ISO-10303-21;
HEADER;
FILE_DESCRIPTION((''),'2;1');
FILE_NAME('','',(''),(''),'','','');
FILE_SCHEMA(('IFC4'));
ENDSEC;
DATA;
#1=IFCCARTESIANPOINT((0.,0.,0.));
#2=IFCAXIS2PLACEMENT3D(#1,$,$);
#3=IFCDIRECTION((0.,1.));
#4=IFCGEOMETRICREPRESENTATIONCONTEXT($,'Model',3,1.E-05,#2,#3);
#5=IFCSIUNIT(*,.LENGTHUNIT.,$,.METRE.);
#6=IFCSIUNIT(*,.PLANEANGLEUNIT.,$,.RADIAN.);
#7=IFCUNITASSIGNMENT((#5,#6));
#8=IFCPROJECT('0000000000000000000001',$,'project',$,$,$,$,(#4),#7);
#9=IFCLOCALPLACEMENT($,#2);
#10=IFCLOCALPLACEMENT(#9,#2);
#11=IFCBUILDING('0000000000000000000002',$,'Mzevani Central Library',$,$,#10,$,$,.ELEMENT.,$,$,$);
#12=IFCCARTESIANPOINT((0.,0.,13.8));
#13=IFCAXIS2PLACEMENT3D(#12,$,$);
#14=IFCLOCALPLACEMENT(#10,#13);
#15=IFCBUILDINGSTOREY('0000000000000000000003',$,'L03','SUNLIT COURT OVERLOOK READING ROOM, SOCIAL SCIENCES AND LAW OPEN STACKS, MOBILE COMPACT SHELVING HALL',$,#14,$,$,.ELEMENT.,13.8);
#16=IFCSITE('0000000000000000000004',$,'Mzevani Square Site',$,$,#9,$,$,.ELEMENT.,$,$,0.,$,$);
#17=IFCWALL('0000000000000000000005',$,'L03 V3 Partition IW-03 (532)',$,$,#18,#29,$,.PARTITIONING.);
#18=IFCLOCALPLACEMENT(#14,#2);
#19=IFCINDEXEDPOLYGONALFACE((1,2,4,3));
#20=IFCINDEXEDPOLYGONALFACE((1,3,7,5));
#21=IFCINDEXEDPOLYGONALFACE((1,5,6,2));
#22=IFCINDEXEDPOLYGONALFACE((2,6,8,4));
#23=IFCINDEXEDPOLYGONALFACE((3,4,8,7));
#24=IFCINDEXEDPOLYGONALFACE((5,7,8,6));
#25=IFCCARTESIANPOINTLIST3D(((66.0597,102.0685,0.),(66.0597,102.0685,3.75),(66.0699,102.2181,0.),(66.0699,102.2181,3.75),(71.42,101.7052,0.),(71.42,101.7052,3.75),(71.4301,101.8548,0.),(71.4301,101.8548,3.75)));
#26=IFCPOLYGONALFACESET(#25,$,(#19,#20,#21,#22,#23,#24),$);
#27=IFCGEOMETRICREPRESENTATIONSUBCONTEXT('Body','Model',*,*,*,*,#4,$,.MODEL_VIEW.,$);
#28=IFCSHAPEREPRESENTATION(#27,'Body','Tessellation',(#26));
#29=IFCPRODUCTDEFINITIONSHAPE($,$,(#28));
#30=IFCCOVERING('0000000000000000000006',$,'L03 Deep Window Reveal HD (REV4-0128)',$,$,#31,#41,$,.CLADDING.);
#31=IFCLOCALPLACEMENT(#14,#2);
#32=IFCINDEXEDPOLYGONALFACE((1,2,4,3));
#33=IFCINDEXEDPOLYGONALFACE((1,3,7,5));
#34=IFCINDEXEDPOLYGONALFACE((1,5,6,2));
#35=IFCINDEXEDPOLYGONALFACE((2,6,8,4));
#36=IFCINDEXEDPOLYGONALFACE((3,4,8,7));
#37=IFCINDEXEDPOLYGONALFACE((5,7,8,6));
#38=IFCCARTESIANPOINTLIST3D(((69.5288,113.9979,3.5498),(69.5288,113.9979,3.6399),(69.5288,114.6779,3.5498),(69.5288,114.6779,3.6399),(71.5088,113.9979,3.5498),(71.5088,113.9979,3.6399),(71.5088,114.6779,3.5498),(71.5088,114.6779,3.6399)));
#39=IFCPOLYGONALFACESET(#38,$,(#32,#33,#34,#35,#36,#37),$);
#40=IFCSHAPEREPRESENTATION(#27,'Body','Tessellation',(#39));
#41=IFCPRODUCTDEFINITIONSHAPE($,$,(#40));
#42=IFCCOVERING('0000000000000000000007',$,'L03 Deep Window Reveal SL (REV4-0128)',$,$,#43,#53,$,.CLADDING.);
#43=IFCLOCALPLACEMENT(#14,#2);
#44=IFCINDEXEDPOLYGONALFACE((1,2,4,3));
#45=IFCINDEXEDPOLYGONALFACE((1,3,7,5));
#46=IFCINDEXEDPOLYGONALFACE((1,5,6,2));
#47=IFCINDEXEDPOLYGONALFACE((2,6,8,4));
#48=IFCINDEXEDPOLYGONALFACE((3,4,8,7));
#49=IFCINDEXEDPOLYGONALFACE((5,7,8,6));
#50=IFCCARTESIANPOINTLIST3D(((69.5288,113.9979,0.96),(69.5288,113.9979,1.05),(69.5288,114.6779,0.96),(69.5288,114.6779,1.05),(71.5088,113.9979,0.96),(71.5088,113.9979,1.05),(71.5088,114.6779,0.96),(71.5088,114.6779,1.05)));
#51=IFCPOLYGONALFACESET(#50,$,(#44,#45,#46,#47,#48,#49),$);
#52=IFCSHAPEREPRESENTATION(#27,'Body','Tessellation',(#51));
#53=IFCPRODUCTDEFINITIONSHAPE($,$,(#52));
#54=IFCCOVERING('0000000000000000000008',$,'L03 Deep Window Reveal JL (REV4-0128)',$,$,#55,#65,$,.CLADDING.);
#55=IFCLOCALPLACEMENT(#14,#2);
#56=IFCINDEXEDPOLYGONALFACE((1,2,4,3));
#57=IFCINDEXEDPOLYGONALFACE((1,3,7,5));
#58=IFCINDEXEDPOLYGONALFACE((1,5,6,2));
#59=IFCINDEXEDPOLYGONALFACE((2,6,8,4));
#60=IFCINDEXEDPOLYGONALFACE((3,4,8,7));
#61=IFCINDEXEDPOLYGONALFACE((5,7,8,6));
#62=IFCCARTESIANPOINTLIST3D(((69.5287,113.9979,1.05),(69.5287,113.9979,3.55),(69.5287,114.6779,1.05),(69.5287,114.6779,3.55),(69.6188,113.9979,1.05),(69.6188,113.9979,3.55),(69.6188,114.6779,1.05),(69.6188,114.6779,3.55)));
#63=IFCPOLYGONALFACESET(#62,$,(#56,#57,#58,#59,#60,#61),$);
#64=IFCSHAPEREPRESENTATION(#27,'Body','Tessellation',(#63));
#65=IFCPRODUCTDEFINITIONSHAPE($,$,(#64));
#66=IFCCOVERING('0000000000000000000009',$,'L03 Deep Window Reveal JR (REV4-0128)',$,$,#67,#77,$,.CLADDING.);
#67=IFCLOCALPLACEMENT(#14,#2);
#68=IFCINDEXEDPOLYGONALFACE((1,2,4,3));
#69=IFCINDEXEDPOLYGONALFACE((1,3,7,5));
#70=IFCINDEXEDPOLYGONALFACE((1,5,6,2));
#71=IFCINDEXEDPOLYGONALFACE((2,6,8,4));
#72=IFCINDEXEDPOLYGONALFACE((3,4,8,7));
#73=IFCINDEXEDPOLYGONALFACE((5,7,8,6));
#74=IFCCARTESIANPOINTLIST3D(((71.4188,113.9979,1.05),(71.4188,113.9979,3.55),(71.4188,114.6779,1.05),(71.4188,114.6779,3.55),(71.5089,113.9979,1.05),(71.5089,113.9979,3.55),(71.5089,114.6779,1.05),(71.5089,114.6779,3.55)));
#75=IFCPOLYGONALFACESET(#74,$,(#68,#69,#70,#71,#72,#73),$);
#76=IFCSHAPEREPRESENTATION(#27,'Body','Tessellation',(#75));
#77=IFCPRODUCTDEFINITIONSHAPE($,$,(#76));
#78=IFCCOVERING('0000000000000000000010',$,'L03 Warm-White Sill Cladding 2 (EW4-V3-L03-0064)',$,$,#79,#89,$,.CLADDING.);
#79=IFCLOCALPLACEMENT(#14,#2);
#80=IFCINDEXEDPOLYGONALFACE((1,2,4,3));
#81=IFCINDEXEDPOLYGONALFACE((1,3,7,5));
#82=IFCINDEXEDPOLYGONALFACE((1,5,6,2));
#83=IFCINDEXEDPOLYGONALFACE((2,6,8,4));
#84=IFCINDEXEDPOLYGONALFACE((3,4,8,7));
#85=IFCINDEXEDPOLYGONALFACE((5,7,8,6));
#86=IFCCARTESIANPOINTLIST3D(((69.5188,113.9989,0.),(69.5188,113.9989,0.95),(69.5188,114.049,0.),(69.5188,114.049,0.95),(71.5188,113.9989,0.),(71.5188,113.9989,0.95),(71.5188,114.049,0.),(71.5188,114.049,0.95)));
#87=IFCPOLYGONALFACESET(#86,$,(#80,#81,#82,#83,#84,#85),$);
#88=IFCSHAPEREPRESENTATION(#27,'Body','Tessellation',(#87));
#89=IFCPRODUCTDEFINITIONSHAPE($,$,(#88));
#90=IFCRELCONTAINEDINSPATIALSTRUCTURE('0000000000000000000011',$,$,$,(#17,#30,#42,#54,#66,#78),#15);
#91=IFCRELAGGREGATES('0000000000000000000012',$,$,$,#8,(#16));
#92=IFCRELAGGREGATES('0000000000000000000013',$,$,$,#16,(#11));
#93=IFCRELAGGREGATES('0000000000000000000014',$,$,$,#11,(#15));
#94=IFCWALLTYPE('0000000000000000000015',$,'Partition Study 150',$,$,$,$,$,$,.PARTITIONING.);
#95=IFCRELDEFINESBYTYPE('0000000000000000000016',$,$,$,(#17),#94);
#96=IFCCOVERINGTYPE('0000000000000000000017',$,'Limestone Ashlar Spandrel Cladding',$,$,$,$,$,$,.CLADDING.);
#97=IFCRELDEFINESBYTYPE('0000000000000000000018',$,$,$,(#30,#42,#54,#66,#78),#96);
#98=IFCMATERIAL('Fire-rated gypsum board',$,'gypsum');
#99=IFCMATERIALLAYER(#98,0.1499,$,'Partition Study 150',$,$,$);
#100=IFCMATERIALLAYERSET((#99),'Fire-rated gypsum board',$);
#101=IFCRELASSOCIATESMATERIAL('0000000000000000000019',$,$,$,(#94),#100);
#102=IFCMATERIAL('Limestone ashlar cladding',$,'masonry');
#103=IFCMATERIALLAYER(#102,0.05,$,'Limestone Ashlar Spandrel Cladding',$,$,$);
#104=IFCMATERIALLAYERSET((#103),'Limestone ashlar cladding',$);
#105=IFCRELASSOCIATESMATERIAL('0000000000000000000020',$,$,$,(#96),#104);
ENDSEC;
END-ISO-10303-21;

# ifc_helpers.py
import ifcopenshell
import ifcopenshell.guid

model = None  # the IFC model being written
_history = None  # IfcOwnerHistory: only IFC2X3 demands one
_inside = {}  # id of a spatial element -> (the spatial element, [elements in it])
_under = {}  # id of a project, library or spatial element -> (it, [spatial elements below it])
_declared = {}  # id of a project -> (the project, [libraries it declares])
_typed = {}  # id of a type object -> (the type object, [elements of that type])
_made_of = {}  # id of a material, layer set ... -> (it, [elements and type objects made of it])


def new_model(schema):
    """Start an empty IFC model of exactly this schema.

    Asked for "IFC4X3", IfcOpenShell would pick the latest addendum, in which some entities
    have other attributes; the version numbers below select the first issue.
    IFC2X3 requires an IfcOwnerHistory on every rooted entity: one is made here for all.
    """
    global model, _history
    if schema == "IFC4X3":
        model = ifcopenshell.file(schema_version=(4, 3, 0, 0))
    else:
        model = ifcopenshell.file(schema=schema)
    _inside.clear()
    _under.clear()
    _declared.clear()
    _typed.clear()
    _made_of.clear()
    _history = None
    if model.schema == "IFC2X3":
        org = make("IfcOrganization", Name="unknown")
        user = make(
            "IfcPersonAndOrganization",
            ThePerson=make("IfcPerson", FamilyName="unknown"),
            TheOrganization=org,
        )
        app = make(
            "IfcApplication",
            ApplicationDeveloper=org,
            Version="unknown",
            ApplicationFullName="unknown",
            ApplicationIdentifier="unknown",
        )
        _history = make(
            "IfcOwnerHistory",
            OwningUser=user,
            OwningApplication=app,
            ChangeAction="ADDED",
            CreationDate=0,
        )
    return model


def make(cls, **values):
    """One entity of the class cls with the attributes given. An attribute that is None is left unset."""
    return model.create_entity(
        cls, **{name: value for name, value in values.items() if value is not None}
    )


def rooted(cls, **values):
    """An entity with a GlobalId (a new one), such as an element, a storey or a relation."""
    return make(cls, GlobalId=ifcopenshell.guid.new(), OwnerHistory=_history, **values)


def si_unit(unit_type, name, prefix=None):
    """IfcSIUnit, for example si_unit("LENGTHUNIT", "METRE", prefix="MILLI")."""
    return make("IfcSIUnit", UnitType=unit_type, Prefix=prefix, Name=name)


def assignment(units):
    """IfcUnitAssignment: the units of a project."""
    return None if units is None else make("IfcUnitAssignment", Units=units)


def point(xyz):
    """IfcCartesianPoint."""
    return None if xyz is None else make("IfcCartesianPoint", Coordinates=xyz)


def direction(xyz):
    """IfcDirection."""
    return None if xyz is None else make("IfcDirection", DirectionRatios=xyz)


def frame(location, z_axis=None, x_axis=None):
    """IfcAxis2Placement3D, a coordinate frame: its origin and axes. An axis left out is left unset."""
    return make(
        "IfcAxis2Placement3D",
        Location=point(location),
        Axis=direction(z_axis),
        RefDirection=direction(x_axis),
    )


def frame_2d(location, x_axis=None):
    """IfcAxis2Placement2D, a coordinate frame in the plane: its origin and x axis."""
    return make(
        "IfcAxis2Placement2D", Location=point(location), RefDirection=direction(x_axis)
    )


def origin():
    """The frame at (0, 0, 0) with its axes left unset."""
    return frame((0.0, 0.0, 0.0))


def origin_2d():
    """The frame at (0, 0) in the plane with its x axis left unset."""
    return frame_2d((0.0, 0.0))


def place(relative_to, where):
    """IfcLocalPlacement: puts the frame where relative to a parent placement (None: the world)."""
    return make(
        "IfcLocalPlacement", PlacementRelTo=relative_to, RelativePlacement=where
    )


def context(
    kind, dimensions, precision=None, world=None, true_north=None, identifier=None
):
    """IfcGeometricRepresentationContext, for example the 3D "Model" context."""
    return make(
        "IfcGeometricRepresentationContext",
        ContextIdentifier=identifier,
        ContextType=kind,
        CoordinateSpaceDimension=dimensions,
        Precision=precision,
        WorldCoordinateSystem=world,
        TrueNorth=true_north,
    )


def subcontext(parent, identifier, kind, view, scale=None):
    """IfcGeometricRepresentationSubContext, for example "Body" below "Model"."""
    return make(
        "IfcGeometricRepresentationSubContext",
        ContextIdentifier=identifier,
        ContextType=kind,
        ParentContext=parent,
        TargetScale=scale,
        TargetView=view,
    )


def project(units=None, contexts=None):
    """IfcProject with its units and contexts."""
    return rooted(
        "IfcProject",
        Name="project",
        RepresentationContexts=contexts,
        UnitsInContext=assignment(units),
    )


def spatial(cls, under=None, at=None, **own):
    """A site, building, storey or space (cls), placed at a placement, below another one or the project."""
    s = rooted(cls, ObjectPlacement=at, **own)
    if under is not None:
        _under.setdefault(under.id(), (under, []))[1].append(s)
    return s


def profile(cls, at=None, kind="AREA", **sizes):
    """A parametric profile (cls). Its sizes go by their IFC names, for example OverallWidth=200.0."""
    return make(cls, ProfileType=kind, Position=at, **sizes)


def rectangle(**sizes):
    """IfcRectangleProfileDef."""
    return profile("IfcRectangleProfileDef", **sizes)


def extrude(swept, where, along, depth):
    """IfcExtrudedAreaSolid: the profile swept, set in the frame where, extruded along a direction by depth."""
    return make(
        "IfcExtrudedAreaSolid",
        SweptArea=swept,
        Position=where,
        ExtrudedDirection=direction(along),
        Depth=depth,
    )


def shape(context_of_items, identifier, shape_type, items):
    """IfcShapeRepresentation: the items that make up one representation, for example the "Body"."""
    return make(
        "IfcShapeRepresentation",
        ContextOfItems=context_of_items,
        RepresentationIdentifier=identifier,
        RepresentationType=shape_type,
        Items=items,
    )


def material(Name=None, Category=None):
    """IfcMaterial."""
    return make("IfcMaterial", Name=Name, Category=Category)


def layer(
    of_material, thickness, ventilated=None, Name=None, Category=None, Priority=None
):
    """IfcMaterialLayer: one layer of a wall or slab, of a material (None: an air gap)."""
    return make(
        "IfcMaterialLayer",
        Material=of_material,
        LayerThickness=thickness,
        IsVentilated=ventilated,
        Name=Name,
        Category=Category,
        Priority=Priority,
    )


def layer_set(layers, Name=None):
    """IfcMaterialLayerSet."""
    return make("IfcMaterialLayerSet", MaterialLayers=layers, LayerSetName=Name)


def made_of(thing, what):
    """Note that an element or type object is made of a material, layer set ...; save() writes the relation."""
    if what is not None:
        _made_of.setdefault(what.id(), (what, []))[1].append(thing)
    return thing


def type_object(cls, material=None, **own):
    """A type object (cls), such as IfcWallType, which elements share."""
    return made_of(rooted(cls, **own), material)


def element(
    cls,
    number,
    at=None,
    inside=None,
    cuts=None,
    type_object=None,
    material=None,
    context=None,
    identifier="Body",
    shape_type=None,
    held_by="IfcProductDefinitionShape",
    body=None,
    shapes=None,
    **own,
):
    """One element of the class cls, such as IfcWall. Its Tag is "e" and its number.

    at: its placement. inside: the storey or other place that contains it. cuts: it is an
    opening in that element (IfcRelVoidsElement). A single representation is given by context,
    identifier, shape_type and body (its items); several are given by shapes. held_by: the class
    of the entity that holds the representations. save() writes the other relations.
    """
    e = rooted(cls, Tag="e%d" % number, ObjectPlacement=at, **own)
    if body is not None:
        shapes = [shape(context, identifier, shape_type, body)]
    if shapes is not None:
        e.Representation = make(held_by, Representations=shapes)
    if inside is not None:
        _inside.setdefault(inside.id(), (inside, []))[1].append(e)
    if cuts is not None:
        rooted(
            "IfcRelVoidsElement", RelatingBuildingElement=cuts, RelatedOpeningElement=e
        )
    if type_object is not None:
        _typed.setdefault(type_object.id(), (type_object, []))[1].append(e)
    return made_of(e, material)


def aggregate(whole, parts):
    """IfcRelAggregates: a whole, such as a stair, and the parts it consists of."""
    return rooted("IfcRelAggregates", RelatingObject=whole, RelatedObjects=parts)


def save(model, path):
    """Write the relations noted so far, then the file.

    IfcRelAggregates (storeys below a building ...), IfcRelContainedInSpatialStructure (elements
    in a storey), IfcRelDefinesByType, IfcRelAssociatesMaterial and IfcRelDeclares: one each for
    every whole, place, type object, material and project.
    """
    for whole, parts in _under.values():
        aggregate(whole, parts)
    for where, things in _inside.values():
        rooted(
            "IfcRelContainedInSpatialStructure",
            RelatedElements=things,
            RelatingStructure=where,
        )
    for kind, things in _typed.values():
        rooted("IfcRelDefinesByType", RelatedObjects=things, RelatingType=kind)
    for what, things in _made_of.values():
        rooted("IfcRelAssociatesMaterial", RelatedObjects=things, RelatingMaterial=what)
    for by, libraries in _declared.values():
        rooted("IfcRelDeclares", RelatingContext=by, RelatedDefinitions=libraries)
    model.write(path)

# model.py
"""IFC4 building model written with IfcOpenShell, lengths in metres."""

from ifc_helpers import new_model, si_unit, direction, frame, frame_2d, origin, origin_2d, place, context, subcontext, project, spatial, rectangle, extrude, material, layer, layer_set, type_object, element, save


model = new_model("IFC4")

# Units and contexts
model_context = context("Model", 3, precision=1e-05, world=origin(), true_north=direction((0.0, 1.0)))
body_context = subcontext(model_context, "Body", "Model", "MODEL_VIEW")
ifc_project = project(units=[si_unit("LENGTHUNIT", "METRE"), si_unit("PLANEANGLEUNIT", "RADIAN")], contexts=[model_context])

# Site, building, storey
site_placement = place(None, origin())
site = spatial("IfcSite", under=ifc_project, at=site_placement, Name="Mzevani Square Site", CompositionType="ELEMENT", RefElevation=0.0)
building_placement = place(site_placement, origin())
building = spatial("IfcBuilding", under=site, at=building_placement, Name="Mzevani Central Library", CompositionType="ELEMENT")
storey_placement = place(building_placement, frame((0.0, 0.0, 13.8)))
storey = spatial("IfcBuildingStorey", under=building, at=storey_placement, Name="L03", Description="SUNLIT COURT OVERLOOK READING ROOM, SOCIAL SCIENCES AND LAW OPEN STACKS, MOBILE COMPACT SHELVING HALL", CompositionType="ELEMENT", Elevation=13.8)

# Shared definitions
ifc_material_1 = material(Name="Fire-rated gypsum board", Category="gypsum")

# Shared definitions
ifc_layer_1 = layer(ifc_material_1, 0.1499, Name="Partition Study 150")
ifc_layer_set_1 = layer_set([ifc_layer_1], Name="Fire-rated gypsum board")
wall_type_1 = type_object("IfcWallType", Name="Partition Study 150", PredefinedType="PARTITIONING", material=ifc_layer_set_1)

# Wall
wall_1_placement = place(storey_placement, frame((71.425, 101.78, 0.0), z_axis=(0.0, 0.0, 1.0), x_axis=(-0.997711, 0.067617, 0.0)))
element("IfcWall", 1, at=wall_1_placement, inside=storey, type_object=wall_type_1, Name="L03 V3 Partition IW-03 (532)", PredefinedType="PARTITIONING", context=body_context, shape_type="SweptSolid", body=[
    extrude(rectangle(XDim=5.3726, YDim=0.1499, at=frame_2d((2.6863, 0.0))), origin(), (0.0, 0.0, 1.0), 3.75),
])

# Coverings
ifc_material_2 = material(Name="Limestone ashlar cladding", Category="masonry")
ifc_layer_2 = layer(ifc_material_2, 0.05, Name="Limestone Ashlar Spandrel Cladding")
ifc_layer_set_2 = layer_set([ifc_layer_2], Name="Limestone ashlar cladding")
covering_type = type_object("IfcCoveringType", Name="Limestone Ashlar Spandrel Cladding", PredefinedType="CLADDING", material=ifc_layer_set_2)
for number, where, z_axis, x_axis, name in (
    (2, (70.5188, 114.3379, 3.5498), (0.0, 0.0, 1.0), (1.0, 0.0, 0.0), "L03 Deep Window Reveal HD (REV4-0128)"),
    (3, (70.5188, 114.3379, 0.96), (0.0, 0.0, 1.0), (1.0, 0.0, 0.0), "L03 Deep Window Reveal SL (REV4-0128)"),
):
    element("IfcCovering", number, at=place(storey_placement, frame(where, z_axis=z_axis, x_axis=x_axis)), inside=storey, type_object=covering_type, Name=name, PredefinedType="CLADDING", context=body_context, shape_type="SweptSolid", body=[
        extrude(rectangle(XDim=1.98, YDim=0.6799, at=origin_2d()), origin(), (0.0, 0.0, 1.0), 0.0901),
    ])
for number, where, z_axis, x_axis, name in (
    (4, (69.5737, 114.3379, 1.05), (0.0, 0.0, 1.0), (1.0, 0.0, 0.0), "L03 Deep Window Reveal JL (REV4-0128)"),
    (5, (71.4639, 114.3379, 1.05), (0.0, 0.0, 1.0), (1.0, 0.0, 0.0), "L03 Deep Window Reveal JR (REV4-0128)"),
):
    element("IfcCovering", number, at=place(storey_placement, frame(where, z_axis=z_axis, x_axis=x_axis)), inside=storey, type_object=covering_type, Name=name, PredefinedType="CLADDING", context=body_context, shape_type="SweptSolid", body=[
        extrude(rectangle(XDim=0.0901, YDim=0.6799, at=origin_2d()), origin(), (0.0, 0.0, 1.0), 2.5),
    ])
covering_placement = place(storey_placement, frame((70.5188, 114.0239, 0.0), z_axis=(0.0, 0.0, 1.0), x_axis=(1.0, 0.0, 0.0)))
element("IfcCovering", 6, at=covering_placement, inside=storey, type_object=covering_type, Name="L03 Warm-White Sill Cladding 2 (EW4-V3-L03-0064)", PredefinedType="CLADDING", context=body_context, shape_type="SweptSolid", body=[
    extrude(rectangle(XDim=2.0, YDim=0.05, at=origin_2d()), origin(), (0.0, 0.0, 1.0), 0.95),
])

save(model, "model.ifc")
